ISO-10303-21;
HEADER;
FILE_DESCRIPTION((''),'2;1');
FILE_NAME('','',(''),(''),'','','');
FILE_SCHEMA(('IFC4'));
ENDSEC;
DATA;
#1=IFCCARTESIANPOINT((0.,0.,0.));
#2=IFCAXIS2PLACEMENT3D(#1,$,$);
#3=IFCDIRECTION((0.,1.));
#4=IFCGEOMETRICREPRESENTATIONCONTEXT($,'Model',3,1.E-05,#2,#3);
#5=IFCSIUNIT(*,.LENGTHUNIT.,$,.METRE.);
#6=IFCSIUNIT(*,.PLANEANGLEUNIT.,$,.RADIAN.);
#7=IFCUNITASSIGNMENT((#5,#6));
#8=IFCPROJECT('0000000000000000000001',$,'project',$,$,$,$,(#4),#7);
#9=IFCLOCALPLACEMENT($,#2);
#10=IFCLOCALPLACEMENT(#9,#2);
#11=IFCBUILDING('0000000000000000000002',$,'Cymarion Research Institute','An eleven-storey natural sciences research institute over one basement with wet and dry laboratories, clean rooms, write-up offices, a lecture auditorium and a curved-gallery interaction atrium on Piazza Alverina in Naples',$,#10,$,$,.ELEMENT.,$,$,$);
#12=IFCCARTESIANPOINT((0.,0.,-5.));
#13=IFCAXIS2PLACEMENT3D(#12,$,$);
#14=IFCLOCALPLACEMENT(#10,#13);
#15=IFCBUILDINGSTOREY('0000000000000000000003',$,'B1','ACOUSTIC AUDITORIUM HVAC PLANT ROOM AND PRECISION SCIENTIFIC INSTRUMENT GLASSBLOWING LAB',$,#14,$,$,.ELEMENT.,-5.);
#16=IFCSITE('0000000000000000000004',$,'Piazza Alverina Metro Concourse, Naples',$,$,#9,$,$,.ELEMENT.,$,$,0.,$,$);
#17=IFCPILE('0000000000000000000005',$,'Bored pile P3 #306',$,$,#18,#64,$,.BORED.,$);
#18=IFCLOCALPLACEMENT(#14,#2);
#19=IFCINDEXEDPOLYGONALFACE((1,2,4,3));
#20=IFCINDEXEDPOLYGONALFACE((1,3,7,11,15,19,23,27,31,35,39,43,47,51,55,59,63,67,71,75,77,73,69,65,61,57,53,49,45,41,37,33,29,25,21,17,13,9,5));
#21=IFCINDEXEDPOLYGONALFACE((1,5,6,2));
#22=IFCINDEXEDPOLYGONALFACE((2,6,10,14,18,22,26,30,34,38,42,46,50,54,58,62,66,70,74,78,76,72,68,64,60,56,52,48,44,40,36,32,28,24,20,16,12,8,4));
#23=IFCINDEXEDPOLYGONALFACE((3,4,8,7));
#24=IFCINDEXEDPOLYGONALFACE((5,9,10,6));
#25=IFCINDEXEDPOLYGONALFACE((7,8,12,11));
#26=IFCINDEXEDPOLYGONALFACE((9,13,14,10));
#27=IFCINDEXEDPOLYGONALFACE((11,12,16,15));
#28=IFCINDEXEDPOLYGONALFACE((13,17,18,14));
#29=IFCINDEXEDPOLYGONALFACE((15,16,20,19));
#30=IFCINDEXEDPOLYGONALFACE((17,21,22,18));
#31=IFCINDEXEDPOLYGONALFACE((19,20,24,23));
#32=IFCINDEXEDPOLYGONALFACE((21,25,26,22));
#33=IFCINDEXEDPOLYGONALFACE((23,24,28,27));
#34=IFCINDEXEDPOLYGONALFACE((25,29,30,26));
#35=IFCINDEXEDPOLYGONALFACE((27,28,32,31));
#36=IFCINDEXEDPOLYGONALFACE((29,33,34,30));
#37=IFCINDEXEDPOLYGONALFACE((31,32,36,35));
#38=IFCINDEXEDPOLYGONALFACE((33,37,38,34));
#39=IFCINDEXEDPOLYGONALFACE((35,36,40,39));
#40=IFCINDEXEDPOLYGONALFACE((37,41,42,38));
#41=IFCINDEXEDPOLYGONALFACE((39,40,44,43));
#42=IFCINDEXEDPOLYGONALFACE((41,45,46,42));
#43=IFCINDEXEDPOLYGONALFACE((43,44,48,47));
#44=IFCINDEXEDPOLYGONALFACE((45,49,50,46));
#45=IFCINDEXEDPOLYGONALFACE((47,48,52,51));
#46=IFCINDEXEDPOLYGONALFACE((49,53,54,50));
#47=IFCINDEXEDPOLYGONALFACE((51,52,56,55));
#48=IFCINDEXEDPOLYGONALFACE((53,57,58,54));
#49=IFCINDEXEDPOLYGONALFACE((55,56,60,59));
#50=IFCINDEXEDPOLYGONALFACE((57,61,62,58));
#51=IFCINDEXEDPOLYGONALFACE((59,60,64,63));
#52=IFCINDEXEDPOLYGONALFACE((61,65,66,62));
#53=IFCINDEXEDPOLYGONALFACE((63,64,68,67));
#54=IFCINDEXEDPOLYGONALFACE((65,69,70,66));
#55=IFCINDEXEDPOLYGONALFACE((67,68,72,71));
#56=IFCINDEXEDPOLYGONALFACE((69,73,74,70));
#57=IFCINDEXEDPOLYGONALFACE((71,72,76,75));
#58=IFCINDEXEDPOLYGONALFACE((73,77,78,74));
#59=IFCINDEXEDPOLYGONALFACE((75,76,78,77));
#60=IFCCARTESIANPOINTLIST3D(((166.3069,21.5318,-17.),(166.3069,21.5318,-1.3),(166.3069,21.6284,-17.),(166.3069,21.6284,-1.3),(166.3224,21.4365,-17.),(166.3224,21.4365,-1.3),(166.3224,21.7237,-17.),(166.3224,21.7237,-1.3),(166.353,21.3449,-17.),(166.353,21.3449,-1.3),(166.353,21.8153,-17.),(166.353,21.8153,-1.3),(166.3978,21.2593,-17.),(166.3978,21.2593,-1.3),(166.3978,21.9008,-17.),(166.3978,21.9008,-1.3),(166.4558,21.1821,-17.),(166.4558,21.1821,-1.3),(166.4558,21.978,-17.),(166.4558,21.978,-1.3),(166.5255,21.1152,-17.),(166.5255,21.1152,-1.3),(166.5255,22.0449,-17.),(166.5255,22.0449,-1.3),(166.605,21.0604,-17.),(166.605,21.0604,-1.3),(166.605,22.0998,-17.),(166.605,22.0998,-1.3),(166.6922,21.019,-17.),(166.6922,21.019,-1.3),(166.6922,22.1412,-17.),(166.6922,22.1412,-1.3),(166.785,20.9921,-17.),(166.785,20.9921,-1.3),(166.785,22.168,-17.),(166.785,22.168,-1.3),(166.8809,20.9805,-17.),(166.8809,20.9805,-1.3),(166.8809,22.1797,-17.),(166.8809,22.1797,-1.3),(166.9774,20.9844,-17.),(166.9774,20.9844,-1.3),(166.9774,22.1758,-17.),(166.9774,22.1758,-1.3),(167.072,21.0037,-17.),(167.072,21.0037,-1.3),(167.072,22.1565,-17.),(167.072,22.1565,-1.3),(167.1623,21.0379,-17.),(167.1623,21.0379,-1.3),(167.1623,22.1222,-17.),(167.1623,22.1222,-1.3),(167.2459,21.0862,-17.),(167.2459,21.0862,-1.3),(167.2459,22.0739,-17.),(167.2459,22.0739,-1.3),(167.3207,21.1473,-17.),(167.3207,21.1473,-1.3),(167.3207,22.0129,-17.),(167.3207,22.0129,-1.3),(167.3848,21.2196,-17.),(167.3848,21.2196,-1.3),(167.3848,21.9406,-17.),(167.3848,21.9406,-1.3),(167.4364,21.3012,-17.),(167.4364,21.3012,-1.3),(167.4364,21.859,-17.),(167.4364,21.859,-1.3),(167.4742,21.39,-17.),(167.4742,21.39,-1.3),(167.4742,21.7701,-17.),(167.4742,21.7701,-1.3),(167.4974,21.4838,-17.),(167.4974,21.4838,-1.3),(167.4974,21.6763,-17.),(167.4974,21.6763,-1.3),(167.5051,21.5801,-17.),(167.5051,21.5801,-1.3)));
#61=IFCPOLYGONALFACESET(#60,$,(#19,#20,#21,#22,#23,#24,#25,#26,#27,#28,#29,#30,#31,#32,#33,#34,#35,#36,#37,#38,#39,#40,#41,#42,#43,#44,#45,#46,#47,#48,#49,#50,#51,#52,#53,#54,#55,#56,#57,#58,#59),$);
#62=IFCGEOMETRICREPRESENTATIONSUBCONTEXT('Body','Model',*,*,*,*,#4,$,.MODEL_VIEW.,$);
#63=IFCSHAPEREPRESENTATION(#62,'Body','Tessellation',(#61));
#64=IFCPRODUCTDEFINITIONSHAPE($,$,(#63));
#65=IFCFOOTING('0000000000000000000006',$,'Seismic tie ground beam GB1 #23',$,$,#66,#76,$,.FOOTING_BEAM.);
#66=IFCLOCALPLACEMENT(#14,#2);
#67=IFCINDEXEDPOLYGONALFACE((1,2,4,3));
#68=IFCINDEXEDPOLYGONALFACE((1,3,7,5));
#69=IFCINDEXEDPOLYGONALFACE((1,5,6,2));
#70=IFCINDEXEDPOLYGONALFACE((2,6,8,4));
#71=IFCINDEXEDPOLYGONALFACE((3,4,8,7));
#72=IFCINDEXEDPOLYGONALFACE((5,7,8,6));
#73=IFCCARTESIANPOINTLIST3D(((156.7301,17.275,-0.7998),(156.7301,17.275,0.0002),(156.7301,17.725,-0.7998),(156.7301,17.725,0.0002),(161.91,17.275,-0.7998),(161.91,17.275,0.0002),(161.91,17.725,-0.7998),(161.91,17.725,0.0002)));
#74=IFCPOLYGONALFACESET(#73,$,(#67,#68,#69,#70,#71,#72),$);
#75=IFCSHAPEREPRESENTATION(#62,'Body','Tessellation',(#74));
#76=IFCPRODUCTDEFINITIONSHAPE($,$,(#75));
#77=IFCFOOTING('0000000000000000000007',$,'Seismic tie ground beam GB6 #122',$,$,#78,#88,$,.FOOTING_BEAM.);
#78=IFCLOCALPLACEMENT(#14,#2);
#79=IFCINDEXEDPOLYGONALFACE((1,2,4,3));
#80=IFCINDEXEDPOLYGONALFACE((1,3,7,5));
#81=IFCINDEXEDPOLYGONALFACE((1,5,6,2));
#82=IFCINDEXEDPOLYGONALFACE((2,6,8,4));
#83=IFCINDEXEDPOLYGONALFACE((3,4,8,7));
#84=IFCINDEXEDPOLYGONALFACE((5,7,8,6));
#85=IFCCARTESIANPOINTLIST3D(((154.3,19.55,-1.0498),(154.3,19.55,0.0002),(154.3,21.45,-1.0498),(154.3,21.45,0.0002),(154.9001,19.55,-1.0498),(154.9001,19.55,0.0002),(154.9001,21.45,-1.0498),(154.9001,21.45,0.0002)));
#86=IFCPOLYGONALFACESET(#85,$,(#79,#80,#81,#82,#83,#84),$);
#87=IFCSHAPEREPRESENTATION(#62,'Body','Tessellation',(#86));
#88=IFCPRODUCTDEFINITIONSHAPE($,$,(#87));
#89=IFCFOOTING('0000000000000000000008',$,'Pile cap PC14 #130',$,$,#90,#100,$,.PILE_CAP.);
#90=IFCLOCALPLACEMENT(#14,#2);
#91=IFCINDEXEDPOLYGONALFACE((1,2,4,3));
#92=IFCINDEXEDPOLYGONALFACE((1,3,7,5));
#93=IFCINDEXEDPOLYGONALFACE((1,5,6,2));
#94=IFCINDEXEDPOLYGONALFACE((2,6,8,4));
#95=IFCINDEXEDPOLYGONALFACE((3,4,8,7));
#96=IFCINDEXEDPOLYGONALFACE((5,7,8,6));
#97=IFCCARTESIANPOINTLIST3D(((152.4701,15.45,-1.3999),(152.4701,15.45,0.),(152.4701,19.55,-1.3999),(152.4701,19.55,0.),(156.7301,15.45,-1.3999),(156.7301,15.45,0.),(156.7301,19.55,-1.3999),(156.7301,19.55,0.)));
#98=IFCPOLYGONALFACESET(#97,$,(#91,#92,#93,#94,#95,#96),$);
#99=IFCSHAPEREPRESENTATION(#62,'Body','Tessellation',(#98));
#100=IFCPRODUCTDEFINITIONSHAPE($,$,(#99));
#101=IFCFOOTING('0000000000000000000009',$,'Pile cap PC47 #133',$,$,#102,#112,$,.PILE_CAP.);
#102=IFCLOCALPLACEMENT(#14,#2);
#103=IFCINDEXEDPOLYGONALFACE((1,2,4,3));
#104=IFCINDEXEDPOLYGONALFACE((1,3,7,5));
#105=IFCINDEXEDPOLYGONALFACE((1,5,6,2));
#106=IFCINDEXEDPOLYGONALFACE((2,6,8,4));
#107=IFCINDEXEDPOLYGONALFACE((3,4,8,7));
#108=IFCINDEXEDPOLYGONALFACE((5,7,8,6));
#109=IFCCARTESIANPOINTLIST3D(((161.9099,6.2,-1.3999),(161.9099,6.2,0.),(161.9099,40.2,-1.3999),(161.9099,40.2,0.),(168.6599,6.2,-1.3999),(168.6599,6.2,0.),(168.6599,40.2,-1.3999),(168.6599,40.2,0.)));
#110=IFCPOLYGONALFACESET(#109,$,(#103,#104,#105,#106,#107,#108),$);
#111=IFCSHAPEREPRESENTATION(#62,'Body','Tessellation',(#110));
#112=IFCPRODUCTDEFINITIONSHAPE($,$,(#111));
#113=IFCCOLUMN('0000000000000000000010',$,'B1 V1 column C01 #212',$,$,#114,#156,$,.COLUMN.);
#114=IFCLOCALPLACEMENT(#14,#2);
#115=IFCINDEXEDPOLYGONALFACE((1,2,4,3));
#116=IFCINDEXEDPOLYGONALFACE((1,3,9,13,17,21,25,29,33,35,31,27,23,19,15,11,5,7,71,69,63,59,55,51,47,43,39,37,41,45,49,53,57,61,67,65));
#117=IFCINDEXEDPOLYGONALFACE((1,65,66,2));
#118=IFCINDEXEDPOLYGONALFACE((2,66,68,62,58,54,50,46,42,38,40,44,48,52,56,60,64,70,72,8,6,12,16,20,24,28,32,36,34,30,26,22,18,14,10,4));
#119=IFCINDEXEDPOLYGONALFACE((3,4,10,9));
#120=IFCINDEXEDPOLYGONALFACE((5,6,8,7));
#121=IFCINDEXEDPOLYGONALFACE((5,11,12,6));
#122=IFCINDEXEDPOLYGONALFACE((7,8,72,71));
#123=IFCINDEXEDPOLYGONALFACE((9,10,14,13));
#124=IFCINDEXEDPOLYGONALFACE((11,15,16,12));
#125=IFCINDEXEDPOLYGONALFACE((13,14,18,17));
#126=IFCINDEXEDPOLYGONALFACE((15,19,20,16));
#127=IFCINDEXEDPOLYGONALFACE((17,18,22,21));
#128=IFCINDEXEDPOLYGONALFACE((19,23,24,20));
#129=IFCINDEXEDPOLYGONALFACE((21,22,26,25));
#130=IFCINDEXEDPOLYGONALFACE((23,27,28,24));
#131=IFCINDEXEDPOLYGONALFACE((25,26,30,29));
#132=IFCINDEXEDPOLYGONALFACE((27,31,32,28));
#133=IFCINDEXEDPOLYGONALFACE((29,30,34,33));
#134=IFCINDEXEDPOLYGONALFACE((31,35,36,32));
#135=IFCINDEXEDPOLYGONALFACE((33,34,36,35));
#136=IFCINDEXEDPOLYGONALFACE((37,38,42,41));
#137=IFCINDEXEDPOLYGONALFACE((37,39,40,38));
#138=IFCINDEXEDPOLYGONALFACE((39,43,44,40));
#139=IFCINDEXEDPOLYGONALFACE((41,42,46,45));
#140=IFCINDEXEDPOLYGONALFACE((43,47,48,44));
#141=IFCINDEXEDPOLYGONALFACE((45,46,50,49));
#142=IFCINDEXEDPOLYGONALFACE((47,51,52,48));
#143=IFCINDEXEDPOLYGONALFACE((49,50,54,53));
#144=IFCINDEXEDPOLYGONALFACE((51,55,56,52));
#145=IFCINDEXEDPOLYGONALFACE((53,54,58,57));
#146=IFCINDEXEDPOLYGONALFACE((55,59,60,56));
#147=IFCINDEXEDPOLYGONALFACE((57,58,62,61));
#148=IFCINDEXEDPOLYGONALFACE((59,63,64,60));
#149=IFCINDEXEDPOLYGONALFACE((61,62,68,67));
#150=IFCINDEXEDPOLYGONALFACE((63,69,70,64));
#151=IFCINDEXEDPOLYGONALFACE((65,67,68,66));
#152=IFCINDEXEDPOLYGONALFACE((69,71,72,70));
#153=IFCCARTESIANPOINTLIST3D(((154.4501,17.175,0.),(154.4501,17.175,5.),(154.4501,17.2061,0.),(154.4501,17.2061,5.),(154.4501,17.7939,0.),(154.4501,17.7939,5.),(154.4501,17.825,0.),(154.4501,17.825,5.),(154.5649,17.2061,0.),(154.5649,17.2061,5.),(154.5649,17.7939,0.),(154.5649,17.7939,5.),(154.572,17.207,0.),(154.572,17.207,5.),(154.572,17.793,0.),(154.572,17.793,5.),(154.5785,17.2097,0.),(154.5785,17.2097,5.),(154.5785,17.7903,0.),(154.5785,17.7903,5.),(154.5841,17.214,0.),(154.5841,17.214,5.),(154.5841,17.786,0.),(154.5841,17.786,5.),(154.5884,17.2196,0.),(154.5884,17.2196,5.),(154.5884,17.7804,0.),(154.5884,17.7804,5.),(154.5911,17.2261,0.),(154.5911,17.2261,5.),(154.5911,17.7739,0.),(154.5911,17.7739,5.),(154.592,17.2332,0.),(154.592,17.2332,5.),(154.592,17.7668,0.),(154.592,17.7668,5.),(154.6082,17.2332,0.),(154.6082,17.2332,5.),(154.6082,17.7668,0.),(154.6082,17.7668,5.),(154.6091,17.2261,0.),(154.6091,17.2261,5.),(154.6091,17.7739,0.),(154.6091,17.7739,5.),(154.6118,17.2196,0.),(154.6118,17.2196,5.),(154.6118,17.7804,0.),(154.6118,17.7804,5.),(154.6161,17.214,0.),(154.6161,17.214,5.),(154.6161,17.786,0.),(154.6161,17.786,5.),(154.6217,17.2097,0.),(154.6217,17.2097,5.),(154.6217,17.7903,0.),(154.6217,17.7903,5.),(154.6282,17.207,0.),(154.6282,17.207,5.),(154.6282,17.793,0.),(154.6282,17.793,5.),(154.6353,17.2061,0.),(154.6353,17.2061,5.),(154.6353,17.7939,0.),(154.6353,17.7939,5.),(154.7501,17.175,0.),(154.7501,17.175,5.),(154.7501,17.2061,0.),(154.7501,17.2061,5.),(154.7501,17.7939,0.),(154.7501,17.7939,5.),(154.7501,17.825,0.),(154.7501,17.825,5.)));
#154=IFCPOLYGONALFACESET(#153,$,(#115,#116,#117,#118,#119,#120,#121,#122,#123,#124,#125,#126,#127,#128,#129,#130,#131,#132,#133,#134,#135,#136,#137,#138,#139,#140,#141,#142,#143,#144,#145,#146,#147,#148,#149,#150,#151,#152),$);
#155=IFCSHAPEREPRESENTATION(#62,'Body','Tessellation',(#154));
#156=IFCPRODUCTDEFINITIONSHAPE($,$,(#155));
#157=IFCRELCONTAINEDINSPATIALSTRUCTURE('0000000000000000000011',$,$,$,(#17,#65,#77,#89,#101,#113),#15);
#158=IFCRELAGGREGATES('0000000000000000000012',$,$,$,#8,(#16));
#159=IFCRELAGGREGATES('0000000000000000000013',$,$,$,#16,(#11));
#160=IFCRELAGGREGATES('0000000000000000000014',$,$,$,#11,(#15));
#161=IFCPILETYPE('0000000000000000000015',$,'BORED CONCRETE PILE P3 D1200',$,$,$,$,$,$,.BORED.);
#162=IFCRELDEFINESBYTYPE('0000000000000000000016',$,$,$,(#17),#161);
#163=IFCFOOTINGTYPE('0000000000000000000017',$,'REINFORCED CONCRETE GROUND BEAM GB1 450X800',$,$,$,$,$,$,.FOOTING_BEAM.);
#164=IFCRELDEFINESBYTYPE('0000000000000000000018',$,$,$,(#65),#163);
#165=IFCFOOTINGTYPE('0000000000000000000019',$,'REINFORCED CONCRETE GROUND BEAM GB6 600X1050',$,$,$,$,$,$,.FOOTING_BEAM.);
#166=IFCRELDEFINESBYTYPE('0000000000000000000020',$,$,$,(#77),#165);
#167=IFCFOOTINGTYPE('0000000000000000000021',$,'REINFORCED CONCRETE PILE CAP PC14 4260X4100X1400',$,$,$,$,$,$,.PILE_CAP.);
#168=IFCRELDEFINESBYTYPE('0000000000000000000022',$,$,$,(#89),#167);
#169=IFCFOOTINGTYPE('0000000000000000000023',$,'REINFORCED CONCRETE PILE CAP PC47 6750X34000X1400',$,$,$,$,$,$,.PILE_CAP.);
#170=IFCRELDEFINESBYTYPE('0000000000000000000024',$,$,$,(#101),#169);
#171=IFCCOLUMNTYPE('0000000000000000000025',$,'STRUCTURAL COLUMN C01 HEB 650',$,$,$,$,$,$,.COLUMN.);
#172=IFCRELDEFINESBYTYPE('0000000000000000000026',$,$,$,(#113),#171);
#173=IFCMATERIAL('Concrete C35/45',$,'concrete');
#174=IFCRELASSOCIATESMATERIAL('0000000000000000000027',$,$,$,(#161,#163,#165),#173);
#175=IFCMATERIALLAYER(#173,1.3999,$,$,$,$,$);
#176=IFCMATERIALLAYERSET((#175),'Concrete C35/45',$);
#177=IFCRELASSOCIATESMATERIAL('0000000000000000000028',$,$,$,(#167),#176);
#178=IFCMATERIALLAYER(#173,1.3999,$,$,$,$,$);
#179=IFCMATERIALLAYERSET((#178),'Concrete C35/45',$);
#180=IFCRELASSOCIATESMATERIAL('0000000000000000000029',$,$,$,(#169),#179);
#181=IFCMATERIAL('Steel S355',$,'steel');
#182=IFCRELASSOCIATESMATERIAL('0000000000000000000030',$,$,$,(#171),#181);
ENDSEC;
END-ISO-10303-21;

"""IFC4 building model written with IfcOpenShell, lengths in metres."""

from ifc_helpers import new_model, si_unit, direction, frame, origin, origin_2d, place, context, subcontext, project, spatial, rectangle, circle, i_section, extrude, material, layer, layer_set, material_profile, profile_set, type_object, element, save


model = new_model("IFC4")

# Units and contexts
model_context = context("Model", 3, precision=1e-05, world=origin(), true_north=direction((0.0, 1.0)))
body_context = subcontext(model_context, "Body", "Model", "MODEL_VIEW")
ifc_project = project(units=[si_unit("LENGTHUNIT", "METRE"), si_unit("PLANEANGLEUNIT", "RADIAN")], contexts=[model_context])

# Site, building, storey
site_placement = place(None, origin())
site = spatial("IfcSite", under=ifc_project, at=site_placement, Name="Piazza Alverina Metro Concourse, Naples", CompositionType="ELEMENT", RefElevation=0.0)
building_placement = place(site_placement, origin())
building = spatial("IfcBuilding", under=site, at=building_placement, Name="Cymarion Research Institute", Description="An eleven-storey natural sciences research institute over one basement with wet and dry laboratories, clean rooms, write-up offices, a lecture auditorium and a curved-gallery interaction atrium on Piazza Alverina in Naples", CompositionType="ELEMENT")
storey_placement = place(building_placement, frame((0.0, 0.0, -5.0)))
storey = spatial("IfcBuildingStorey", under=building, at=storey_placement, Name="B1", Description="ACOUSTIC AUDITORIUM HVAC PLANT ROOM AND PRECISION SCIENTIFIC INSTRUMENT GLASSBLOWING LAB", CompositionType="ELEMENT", Elevation=-5.0)

# Pile
ifc_material_1 = material(Name="Concrete C35/45", Category="concrete")
ifc_material_profile_1 = material_profile(ifc_material_1, circle(Radius=0.6001, at=origin_2d()), Name="BORED PILE D1200")
ifc_profile_set_1 = profile_set([ifc_material_profile_1], Name="Concrete C35/45")
pile_type_1 = type_object("IfcPileType", Name="BORED CONCRETE PILE P3 D1200", PredefinedType="BORED", material=ifc_profile_set_1)
for number, where, z_axis, x_axis, name in (
    (1, (166.905, 21.5801, -1.3), (0.0, 0.0, -1.0), (1.0, 0.0, 0.0), "Bored pile P3 #306"),
):
    element("IfcPile", number, at=place(storey_placement, frame(where, z_axis=z_axis, x_axis=x_axis)), inside=storey, type_object=pile_type_1, Name=name, PredefinedType="BORED", context=body_context, shape_type="SweptSolid", body=[
        extrude(circle(Radius=0.6001, at=origin_2d()), origin(), (0.0, 0.0, 1.0), 15.7),
    ])

# Footings
footing_type_1 = type_object("IfcFootingType", Name="REINFORCED CONCRETE GROUND BEAM GB1 450X800", PredefinedType="FOOTING_BEAM", material=ifc_material_1)
footing_1_placement = place(storey_placement, frame((159.3201, 17.5, -0.7998), z_axis=(0.0, 0.0, 1.0), x_axis=(1.0, 0.0, 0.0)))
element("IfcFooting", 2, at=footing_1_placement, inside=storey, type_object=footing_type_1, Name="Seismic tie ground beam GB1 #23", PredefinedType="FOOTING_BEAM", context=body_context, shape_type="SweptSolid", body=[
    extrude(rectangle(XDim=5.1799, YDim=0.45, at=origin_2d()), origin(), (0.0, 0.0, 1.0), 0.8),
])
footing_type_2 = type_object("IfcFootingType", Name="REINFORCED CONCRETE GROUND BEAM GB6 600X1050", PredefinedType="FOOTING_BEAM", material=ifc_material_1)
footing_2_placement = place(storey_placement, frame((154.6001, 20.5, -1.0498), z_axis=(0.0, 0.0, 1.0), x_axis=(0.0, 1.0, 0.0)))
element("IfcFooting", 3, at=footing_2_placement, inside=storey, type_object=footing_type_2, Name="Seismic tie ground beam GB6 #122", PredefinedType="FOOTING_BEAM", context=body_context, shape_type="SweptSolid", body=[
    extrude(rectangle(XDim=1.8999, YDim=0.6001, at=origin_2d()), origin(), (0.0, 0.0, 1.0), 1.05),
])
ifc_layer_1 = layer(ifc_material_1, 1.3999)
ifc_layer_set_1 = layer_set([ifc_layer_1], Name="Concrete C35/45")
footing_type_3 = type_object("IfcFootingType", Name="REINFORCED CONCRETE PILE CAP PC14 4260X4100X1400", PredefinedType="PILE_CAP", material=ifc_layer_set_1)
footing_3_placement = place(storey_placement, frame((154.6001, 17.5, -1.3999), z_axis=(0.0, 0.0, 1.0), x_axis=(1.0, 0.0, 0.0)))
element("IfcFooting", 4, at=footing_3_placement, inside=storey, type_object=footing_type_3, Name="Pile cap PC14 #130", PredefinedType="PILE_CAP", context=body_context, shape_type="SweptSolid", body=[
    extrude(rectangle(XDim=4.26, YDim=4.1001, at=origin_2d()), origin(), (0.0, 0.0, 1.0), 1.3999),
])
ifc_layer_2 = layer(ifc_material_1, 1.3999)
ifc_layer_set_2 = layer_set([ifc_layer_2], Name="Concrete C35/45")
footing_type_4 = type_object("IfcFootingType", Name="REINFORCED CONCRETE PILE CAP PC47 6750X34000X1400", PredefinedType="PILE_CAP", material=ifc_layer_set_2)
footing_4_placement = place(storey_placement, frame((165.2849, 23.2, -1.3999), z_axis=(0.0, 0.0, 1.0), x_axis=(1.0, 0.0, 0.0)))
element("IfcFooting", 5, at=footing_4_placement, inside=storey, type_object=footing_type_4, Name="Pile cap PC47 #133", PredefinedType="PILE_CAP", context=body_context, shape_type="SweptSolid", body=[
    extrude(rectangle(XDim=6.75, YDim=34.0, at=origin_2d()), origin(), (0.0, 0.0, 1.0), 1.3999),
])

# Column
ifc_material_2 = material(Name="Steel S355", Category="steel")
ifc_material_profile_2 = material_profile(ifc_material_2, i_section(OverallWidth=0.3, OverallDepth=0.6499, WebThickness=0.0161, FlangeThickness=0.031, FilletRadius=0.0271, at=origin_2d()), Name="HEB 650")
ifc_profile_set_2 = profile_set([ifc_material_profile_2], Name="Steel S355")
column_type_1 = type_object("IfcColumnType", Name="STRUCTURAL COLUMN C01 HEB 650", PredefinedType="COLUMN", material=ifc_profile_set_2)
column_placement = place(storey_placement, frame((154.6001, 17.5, 0.0), z_axis=(0.0, 0.0, 1.0), x_axis=(1.0, 0.0, 0.0)))
element("IfcColumn", 6, at=column_placement, inside=storey, type_object=column_type_1, Name="B1 V1 column C01 #212", PredefinedType="COLUMN", context=body_context, shape_type="SweptSolid", body=[
    extrude(i_section(OverallWidth=0.3, OverallDepth=0.6499, WebThickness=0.0161, FlangeThickness=0.031, FilletRadius=0.0271, at=origin_2d()), origin(), (0.0, 0.0, 1.0), 5.0),
])

save(model, "model.ifc")
